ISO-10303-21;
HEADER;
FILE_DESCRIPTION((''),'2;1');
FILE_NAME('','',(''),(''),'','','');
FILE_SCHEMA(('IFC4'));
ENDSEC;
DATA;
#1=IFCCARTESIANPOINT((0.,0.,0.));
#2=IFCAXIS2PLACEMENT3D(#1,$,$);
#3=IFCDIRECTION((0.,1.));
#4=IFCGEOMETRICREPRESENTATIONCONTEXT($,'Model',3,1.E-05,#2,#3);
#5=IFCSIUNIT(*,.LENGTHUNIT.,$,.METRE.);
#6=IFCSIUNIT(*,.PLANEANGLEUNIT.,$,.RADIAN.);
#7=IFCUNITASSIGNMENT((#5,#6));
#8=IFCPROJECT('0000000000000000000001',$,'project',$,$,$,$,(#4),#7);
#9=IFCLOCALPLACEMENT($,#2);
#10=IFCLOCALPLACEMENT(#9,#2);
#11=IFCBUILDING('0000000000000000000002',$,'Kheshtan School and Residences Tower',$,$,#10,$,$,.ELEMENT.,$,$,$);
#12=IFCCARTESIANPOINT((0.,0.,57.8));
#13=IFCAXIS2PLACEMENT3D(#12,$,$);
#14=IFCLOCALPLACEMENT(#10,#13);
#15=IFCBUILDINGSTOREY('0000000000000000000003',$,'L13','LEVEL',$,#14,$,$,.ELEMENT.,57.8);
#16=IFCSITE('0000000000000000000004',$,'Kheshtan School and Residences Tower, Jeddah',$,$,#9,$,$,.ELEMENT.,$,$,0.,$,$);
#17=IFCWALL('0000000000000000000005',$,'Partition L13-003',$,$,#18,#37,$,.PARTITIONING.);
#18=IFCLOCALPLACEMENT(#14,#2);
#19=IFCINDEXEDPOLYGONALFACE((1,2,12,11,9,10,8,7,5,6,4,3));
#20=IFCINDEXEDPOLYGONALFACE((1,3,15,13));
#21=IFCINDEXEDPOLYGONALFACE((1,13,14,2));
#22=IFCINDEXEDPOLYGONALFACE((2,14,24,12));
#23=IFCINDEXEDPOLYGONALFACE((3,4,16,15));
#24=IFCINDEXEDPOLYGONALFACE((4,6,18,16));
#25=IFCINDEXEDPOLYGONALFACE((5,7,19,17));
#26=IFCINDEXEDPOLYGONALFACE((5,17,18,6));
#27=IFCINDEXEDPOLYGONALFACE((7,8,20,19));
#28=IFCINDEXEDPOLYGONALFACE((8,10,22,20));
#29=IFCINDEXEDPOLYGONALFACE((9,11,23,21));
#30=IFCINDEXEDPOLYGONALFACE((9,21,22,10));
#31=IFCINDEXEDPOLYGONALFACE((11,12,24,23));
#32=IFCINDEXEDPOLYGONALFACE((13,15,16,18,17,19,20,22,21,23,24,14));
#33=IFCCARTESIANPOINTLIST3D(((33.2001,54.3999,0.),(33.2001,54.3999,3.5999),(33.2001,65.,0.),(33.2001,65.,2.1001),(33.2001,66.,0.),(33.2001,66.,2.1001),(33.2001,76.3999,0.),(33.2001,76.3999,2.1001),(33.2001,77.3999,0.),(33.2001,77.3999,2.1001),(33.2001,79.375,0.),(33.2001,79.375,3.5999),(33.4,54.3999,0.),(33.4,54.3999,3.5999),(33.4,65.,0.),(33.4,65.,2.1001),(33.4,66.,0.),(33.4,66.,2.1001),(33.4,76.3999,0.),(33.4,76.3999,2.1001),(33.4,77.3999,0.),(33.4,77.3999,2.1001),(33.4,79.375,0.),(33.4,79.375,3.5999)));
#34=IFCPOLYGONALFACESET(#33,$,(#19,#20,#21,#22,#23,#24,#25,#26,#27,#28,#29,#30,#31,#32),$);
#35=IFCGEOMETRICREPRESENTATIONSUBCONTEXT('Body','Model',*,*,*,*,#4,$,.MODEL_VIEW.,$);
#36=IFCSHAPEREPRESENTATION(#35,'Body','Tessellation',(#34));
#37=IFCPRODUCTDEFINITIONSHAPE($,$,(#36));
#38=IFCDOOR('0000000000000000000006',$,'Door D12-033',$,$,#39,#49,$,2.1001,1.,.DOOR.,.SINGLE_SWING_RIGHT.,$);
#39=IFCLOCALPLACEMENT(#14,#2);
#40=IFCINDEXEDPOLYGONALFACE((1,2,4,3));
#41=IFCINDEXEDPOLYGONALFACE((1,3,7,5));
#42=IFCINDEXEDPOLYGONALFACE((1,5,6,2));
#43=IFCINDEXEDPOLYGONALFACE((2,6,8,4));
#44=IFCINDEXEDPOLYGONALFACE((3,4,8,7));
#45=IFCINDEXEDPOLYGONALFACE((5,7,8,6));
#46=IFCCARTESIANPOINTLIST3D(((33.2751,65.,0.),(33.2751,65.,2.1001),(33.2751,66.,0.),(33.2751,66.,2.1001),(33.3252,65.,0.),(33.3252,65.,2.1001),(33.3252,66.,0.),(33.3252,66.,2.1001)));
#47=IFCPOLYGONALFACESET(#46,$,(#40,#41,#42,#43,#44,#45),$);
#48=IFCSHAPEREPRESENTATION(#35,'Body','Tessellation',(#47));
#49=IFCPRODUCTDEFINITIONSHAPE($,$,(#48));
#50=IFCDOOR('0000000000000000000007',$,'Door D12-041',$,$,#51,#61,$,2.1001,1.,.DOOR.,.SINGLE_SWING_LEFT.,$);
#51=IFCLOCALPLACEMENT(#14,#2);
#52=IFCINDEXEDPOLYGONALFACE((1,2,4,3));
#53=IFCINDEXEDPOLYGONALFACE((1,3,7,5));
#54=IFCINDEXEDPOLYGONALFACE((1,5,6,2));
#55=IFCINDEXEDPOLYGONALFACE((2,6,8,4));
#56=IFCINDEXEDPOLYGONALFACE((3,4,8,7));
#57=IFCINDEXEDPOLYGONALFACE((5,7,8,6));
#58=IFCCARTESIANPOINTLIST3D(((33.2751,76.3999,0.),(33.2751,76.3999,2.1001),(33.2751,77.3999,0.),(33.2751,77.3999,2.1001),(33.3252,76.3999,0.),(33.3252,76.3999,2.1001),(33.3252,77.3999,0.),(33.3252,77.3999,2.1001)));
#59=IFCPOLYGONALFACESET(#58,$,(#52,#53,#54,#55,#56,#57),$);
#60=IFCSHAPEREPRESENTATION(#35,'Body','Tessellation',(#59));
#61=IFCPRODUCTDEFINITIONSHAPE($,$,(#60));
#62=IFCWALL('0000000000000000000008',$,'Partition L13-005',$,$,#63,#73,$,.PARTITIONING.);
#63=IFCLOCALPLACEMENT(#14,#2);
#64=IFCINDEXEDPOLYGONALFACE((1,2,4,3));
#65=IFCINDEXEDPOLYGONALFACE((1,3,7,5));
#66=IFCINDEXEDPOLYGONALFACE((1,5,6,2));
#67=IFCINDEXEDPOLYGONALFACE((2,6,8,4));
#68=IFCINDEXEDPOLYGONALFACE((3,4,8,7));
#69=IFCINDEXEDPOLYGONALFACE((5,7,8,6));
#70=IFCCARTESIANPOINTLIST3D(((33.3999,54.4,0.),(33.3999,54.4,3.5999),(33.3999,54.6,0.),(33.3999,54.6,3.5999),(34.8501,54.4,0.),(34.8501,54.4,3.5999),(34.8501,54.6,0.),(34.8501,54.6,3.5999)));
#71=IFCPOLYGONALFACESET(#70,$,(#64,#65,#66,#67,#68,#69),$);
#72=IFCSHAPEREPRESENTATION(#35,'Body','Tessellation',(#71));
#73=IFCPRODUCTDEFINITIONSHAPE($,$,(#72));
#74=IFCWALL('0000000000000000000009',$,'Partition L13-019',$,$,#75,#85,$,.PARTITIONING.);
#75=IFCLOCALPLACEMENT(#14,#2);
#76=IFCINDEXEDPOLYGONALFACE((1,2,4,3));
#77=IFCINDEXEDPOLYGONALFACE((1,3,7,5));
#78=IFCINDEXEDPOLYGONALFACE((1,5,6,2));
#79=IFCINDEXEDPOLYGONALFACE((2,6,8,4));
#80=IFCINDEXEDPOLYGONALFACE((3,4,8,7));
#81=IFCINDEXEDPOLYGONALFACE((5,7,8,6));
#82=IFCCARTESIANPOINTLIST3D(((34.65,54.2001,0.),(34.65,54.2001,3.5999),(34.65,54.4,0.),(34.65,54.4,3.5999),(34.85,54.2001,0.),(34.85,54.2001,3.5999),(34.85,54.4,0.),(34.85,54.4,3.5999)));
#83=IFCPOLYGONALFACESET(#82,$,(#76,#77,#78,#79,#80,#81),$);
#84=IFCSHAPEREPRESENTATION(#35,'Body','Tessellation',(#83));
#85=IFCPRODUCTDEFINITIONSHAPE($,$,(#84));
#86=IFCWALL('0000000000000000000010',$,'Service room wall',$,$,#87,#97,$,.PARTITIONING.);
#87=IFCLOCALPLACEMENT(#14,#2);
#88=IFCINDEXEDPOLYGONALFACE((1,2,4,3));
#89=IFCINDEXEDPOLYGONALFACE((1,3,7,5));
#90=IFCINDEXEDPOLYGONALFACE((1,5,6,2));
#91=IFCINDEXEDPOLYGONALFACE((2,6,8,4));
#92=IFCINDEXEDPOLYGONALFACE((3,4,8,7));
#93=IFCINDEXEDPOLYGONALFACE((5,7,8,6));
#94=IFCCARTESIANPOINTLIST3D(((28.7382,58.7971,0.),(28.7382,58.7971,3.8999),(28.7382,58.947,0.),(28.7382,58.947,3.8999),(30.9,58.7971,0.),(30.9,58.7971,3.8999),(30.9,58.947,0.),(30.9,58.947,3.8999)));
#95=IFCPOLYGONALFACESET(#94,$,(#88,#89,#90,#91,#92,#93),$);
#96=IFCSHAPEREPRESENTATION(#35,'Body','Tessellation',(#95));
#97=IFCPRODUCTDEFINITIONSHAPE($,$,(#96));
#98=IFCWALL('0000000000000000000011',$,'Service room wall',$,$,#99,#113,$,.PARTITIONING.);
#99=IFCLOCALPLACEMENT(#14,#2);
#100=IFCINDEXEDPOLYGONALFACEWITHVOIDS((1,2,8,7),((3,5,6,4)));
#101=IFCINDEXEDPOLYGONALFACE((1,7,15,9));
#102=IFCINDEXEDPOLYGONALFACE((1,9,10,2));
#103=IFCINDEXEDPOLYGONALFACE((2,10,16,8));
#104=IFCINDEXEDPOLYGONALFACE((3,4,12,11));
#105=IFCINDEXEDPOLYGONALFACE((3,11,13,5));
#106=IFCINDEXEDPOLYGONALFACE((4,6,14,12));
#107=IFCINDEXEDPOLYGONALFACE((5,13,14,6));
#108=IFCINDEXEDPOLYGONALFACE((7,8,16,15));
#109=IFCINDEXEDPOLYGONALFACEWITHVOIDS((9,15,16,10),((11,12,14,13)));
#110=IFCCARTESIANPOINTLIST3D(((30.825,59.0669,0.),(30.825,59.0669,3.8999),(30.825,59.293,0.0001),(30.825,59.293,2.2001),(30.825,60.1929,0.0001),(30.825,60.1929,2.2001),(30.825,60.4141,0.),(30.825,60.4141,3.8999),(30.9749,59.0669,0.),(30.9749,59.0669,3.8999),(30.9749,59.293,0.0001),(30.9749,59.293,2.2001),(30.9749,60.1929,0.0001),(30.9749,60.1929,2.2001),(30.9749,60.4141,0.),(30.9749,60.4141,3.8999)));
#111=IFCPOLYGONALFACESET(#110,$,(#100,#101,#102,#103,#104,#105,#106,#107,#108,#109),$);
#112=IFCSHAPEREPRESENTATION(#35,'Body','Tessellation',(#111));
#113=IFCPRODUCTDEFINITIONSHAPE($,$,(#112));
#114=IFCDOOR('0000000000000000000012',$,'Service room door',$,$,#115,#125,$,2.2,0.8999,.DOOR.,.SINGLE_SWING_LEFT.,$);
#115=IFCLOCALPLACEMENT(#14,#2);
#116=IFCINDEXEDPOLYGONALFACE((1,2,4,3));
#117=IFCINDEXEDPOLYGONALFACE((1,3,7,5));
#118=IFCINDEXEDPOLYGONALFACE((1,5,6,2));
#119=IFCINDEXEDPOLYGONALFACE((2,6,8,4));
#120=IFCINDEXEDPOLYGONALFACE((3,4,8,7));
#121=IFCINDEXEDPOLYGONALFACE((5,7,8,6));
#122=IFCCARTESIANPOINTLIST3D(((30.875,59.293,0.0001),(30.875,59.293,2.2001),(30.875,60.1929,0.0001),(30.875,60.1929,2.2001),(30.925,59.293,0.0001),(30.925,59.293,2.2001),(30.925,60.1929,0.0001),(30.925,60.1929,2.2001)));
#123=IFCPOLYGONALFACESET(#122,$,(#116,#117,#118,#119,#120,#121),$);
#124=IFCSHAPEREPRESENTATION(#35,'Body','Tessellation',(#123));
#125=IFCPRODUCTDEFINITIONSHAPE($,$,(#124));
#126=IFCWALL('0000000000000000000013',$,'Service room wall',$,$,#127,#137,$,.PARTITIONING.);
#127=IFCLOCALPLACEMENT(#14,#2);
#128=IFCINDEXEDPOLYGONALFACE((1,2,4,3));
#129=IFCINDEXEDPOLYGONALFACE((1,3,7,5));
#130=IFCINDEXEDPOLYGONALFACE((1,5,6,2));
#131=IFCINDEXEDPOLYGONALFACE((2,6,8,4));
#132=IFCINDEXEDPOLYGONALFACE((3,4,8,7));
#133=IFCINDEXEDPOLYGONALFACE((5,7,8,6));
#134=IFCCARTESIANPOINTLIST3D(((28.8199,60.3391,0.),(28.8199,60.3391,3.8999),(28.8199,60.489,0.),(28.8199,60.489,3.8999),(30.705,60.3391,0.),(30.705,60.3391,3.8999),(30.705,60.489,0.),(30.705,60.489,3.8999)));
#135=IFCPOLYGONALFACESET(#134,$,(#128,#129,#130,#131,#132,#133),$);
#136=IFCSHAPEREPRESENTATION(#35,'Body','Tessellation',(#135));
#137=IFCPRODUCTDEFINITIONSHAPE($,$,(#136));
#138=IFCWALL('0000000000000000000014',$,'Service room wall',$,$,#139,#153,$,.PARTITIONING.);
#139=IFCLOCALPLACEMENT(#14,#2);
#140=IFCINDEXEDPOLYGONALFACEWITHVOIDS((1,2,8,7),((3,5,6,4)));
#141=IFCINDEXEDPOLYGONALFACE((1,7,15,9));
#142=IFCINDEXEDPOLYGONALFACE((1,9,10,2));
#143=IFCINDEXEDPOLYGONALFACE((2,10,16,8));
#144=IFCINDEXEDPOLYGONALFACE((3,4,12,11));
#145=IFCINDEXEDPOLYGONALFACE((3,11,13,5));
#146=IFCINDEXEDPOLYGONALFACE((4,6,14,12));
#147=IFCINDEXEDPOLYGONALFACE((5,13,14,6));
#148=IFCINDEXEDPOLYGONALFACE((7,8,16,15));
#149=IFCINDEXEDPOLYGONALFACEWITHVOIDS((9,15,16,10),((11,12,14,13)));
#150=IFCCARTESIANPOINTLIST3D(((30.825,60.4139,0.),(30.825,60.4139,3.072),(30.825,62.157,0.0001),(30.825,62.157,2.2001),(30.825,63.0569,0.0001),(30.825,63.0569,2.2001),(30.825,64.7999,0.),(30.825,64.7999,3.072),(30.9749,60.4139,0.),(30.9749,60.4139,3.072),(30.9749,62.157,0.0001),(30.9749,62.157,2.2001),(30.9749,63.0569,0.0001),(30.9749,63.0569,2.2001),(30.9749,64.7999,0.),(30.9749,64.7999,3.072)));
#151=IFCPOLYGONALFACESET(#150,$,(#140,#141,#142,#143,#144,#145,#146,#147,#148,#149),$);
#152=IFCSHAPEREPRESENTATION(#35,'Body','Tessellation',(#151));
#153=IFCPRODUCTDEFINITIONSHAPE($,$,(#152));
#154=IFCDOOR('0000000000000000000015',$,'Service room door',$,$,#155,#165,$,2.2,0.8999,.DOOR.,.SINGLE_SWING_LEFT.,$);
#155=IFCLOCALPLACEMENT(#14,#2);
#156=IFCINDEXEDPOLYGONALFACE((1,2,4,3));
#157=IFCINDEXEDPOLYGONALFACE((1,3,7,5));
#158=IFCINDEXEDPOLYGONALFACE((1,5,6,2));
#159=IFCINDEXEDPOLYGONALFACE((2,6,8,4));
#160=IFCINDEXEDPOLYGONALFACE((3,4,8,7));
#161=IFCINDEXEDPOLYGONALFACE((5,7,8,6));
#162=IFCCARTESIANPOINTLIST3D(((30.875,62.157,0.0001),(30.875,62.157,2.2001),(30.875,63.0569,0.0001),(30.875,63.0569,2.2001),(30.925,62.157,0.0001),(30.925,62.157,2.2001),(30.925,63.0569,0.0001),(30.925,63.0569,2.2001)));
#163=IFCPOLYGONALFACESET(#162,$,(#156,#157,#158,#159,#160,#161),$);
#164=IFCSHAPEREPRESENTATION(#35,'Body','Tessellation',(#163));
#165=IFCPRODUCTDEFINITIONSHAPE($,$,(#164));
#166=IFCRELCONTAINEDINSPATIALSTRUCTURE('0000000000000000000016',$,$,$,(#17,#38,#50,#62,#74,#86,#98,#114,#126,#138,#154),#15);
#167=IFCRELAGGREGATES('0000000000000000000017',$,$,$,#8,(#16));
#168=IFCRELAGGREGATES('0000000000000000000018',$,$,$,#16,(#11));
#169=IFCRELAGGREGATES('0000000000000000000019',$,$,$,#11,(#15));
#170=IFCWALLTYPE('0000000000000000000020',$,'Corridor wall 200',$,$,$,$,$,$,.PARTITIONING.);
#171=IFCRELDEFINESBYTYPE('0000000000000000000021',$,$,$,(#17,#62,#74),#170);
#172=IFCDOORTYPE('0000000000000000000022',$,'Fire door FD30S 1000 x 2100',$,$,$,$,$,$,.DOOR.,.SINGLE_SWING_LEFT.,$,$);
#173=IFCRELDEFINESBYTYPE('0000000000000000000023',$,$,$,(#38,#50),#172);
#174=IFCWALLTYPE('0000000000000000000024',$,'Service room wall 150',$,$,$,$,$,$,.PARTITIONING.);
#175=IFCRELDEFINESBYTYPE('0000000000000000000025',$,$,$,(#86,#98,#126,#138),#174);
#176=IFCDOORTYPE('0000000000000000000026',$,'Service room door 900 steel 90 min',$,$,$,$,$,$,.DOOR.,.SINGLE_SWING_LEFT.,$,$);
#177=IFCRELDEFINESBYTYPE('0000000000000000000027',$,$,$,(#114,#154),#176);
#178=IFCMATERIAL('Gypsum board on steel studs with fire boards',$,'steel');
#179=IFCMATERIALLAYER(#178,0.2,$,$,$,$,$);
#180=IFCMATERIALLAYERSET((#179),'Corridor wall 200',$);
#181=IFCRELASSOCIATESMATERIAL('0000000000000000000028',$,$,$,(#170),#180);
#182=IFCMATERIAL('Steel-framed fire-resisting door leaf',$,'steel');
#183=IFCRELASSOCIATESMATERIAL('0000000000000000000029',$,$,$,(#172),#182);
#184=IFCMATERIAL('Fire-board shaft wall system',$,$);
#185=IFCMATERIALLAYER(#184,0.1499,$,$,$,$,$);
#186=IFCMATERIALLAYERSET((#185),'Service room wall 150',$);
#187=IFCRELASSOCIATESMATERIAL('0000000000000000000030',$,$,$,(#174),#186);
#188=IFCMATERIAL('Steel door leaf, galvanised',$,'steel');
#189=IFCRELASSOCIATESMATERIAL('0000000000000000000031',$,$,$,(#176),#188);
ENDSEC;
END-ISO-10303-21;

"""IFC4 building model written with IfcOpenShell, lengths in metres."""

from ifc_helpers import new_model, si_unit, direction, frame, frame_2d, origin, place, context, subcontext, project, spatial, rectangle, extrude, source, transform, mapped, material, layer, layer_set, type_object, element, fill, save


model = new_model("IFC4")

# Units and contexts
model_context = context("Model", 3, precision=1e-05, world=origin(), true_north=direction((0.0, 1.0)))
body_context = subcontext(model_context, "Body", "Model", "MODEL_VIEW")
ifc_project = project(units=[si_unit("LENGTHUNIT", "METRE"), si_unit("PLANEANGLEUNIT", "RADIAN")], contexts=[model_context])

# Site, building, storey
site_placement = place(None, origin())
site = spatial("IfcSite", under=ifc_project, at=site_placement, Name="Kheshtan School and Residences Tower, Jeddah", CompositionType="ELEMENT", RefElevation=0.0)
building_placement = place(site_placement, origin())
building = spatial("IfcBuilding", under=site, at=building_placement, Name="Kheshtan School and Residences Tower", CompositionType="ELEMENT")
storey_placement = place(building_placement, frame((0.0, 0.0, 57.8)))
storey = spatial("IfcBuildingStorey", under=building, at=storey_placement, Name="L13", Description="LEVEL", CompositionType="ELEMENT", Elevation=57.8)

# Wall, openings, doors
ifc_material_1 = material(Name="Gypsum board on steel studs with fire boards", Category="steel")
ifc_layer_1 = layer(ifc_material_1, 0.2)
ifc_layer_set_1 = layer_set([ifc_layer_1], Name="Corridor wall 200")
wall_type_1 = type_object("IfcWallType", Name="Corridor wall 200", PredefinedType="PARTITIONING", material=ifc_layer_set_1)
wall_1_placement = place(storey_placement, frame((33.3, 54.3999, 0.0), z_axis=(0.0, 0.0, 1.0), x_axis=(0.0, 1.0, 0.0)))
wall_1 = element("IfcWall", 1, at=wall_1_placement, inside=storey, type_object=wall_type_1, Name="Partition L13-003", PredefinedType="PARTITIONING", context=body_context, shape_type="SweptSolid", body=[
    extrude(rectangle(XDim=24.9751, YDim=0.2, at=frame_2d((12.4875, 0.0))), origin(), (0.0, 0.0, 1.0), 3.5999),
])
opening_1_placement = place(wall_1_placement, frame((10.6001, 0.0, 0.0)))
opening_1 = element("IfcOpeningElement", 2, at=opening_1_placement, cuts=wall_1, PredefinedType="OPENING", context=body_context, shape_type="SweptSolid", body=[
    extrude(rectangle(XDim=1.0, YDim=2.1001, at=frame_2d((0.5, 1.05))), frame((0.0, 0.1099, 0.0), z_axis=(0.0, -1.0, 0.0), x_axis=(1.0, 0.0, 0.0)), (0.0, 0.0, 1.0), 0.22),
])
opening_2_placement = place(wall_1_placement, frame((22.0, 0.0, 0.0)))
opening_2 = element("IfcOpeningElement", 3, at=opening_2_placement, cuts=wall_1, PredefinedType="OPENING", context=body_context, shape_type="SweptSolid", body=[
    extrude(rectangle(XDim=1.0, YDim=2.1001, at=frame_2d((0.5, 1.05))), frame((0.0, 0.1099, 0.0), z_axis=(0.0, -1.0, 0.0), x_axis=(1.0, 0.0, 0.0)), (0.0, 0.0, 1.0), 0.22),
])
ifc_material_2 = material(Name="Steel-framed fire-resisting door leaf", Category="steel")
door_type_1 = type_object("IfcDoorType", Name="Fire door FD30S 1000 x 2100", OperationType="SINGLE_SWING_LEFT", PredefinedType="DOOR", material=ifc_material_2)
shared_shape_1 = source(origin(), body_context, "Body", "SweptSolid", [
    extrude(rectangle(XDim=1.0, YDim=2.1001, at=frame_2d((0.5, 1.05))), frame((0.0, 0.0249, 0.0), z_axis=(0.0, -1.0, 0.0), x_axis=(1.0, 0.0, 0.0)), (0.0, 0.0, 1.0), 0.05),
])
door_1_placement = place(opening_1_placement, origin())
door_1 = element("IfcDoor", 4, at=door_1_placement, inside=storey, type_object=door_type_1, Name="Door D12-033", OperationType="SINGLE_SWING_RIGHT", OverallHeight=2.1001, OverallWidth=1.0, PredefinedType="DOOR", context=body_context, shape_type="MappedRepresentation", body=[
    mapped(shared_shape_1, transform((0.0, 0.0, 0.0), x_axis=(1.0, 0.0, 0.0), y_axis=(0.0, 1.0, 0.0), z_axis=(0.0, 0.0, 1.0), scale=1.0)),
])
fill(opening_1, door_1)
door_2_placement = place(opening_2_placement, origin())
door_2 = element("IfcDoor", 5, at=door_2_placement, inside=storey, type_object=door_type_1, Name="Door D12-041", OperationType="SINGLE_SWING_LEFT", OverallHeight=2.1001, OverallWidth=1.0, PredefinedType="DOOR", context=body_context, shape_type="MappedRepresentation", body=[
    mapped(shared_shape_1, transform((0.0, 0.0, 0.0), x_axis=(1.0, 0.0, 0.0), y_axis=(0.0, 1.0, 0.0), z_axis=(0.0, 0.0, 1.0), scale=1.0)),
])
fill(opening_2, door_2)

# Walls
wall_2_placement = place(storey_placement, frame((33.3999, 54.5, 0.0), z_axis=(0.0, 0.0, 1.0), x_axis=(1.0, 0.0, 0.0)))
element("IfcWall", 6, at=wall_2_placement, inside=storey, type_object=wall_type_1, Name="Partition L13-005", PredefinedType="PARTITIONING", context=body_context, shape_type="SweptSolid", body=[
    extrude(rectangle(XDim=1.4502, YDim=0.2, at=frame_2d((0.7251, 0.0))), origin(), (0.0, 0.0, 1.0), 3.5999),
])
wall_3_placement = place(storey_placement, frame((34.75, 54.2, 0.0), z_axis=(0.0, 0.0, 1.0), x_axis=(0.0, 1.0, 0.0)))
element("IfcWall", 7, at=wall_3_placement, inside=storey, type_object=wall_type_1, Name="Partition L13-019", PredefinedType="PARTITIONING", context=body_context, shape_type="SweptSolid", body=[
    extrude(rectangle(XDim=0.2, YDim=0.2, at=frame_2d((0.1001, 0.0))), origin(), (0.0, 0.0, 1.0), 3.5999),
])
ifc_material_3 = material(Name="Fire-board shaft wall system")
ifc_layer_2 = layer(ifc_material_3, 0.1499)
ifc_layer_set_2 = layer_set([ifc_layer_2], Name="Service room wall 150")
wall_type_2 = type_object("IfcWallType", Name="Service room wall 150", PredefinedType="PARTITIONING", material=ifc_layer_set_2)
wall_4_placement = place(storey_placement, frame((28.738, 58.8721, 0.0), z_axis=(0.0, 0.0, 1.0), x_axis=(1.0, 0.0, 0.0)))
element("IfcWall", 8, at=wall_4_placement, inside=storey, type_object=wall_type_2, Name="Service room wall", PredefinedType="PARTITIONING", context=body_context, shape_type="SweptSolid", body=[
    extrude(rectangle(XDim=2.1619, YDim=0.1499, at=frame_2d((1.0811, 0.0))), origin(), (0.0, 0.0, 1.0), 3.8999),
])

# Wall, opening, door
wall_5_placement = place(storey_placement, frame((30.8999, 59.0669, 0.0), z_axis=(0.0, 0.0, 1.0), x_axis=(0.0, 1.0, 0.0)))
wall_5 = element("IfcWall", 9, at=wall_5_placement, inside=storey, type_object=wall_type_2, Name="Service room wall", PredefinedType="PARTITIONING", context=body_context, shape_type="SweptSolid", body=[
    extrude(rectangle(XDim=1.3472, YDim=0.1499, at=frame_2d((0.6736, 0.0))), origin(), (0.0, 0.0, 1.0), 3.8999),
])
opening_3_placement = place(wall_5_placement, frame((0.2261, 0.0, 0.0)))
opening_3 = element("IfcOpeningElement", 10, at=opening_3_placement, cuts=wall_5, PredefinedType="OPENING", context=body_context, shape_type="SweptSolid", body=[
    extrude(rectangle(XDim=0.8999, YDim=2.2, at=frame_2d((0.45, 1.1001))), frame((0.0, 0.085, 0.0), z_axis=(0.0, -1.0, 0.0), x_axis=(1.0, 0.0, 0.0)), (0.0, 0.0, 1.0), 0.1699),
])
ifc_material_4 = material(Name="Steel door leaf, galvanised", Category="steel")
door_type_2 = type_object("IfcDoorType", Name="Service room door 900 steel 90 min", OperationType="SINGLE_SWING_LEFT", PredefinedType="DOOR", material=ifc_material_4)
shared_shape_2 = source(origin(), body_context, "Body", "SweptSolid", [
    extrude(rectangle(XDim=0.8999, YDim=2.2, at=frame_2d((0.45, 1.1001))), frame((0.0, 0.0249, 0.0), z_axis=(0.0, -1.0, 0.0), x_axis=(1.0, 0.0, 0.0)), (0.0, 0.0, 1.0), 0.05),
])
door_3_placement = place(opening_3_placement, origin())
door_3 = element("IfcDoor", 11, at=door_3_placement, inside=storey, type_object=door_type_2, Name="Service room door", OperationType="SINGLE_SWING_LEFT", OverallHeight=2.2, OverallWidth=0.8999, PredefinedType="DOOR", context=body_context, shape_type="MappedRepresentation", body=[
    mapped(shared_shape_2, transform((0.0, 0.0, 0.0), x_axis=(1.0, 0.0, 0.0), y_axis=(0.0, 1.0, 0.0), z_axis=(0.0, 0.0, 1.0), scale=1.0)),
])
fill(opening_3, door_3)

# Wall
wall_6_placement = place(storey_placement, frame((28.8201, 60.4141, 0.0), z_axis=(0.0, 0.0, 1.0), x_axis=(1.0, 0.0, 0.0)))
element("IfcWall", 12, at=wall_6_placement, inside=storey, type_object=wall_type_2, Name="Service room wall", PredefinedType="PARTITIONING", context=body_context, shape_type="SweptSolid", body=[
    extrude(rectangle(XDim=1.885, YDim=0.1499, at=frame_2d((0.9424, 0.0))), origin(), (0.0, 0.0, 1.0), 3.8999),
])

# Wall, opening, door
wall_7_placement = place(storey_placement, frame((30.8999, 60.4141, 0.0), z_axis=(0.0, 0.0, 1.0), x_axis=(0.0, 1.0, 0.0)))
wall_7 = element("IfcWall", 13, at=wall_7_placement, inside=storey, type_object=wall_type_2, Name="Service room wall", PredefinedType="PARTITIONING", context=body_context, shape_type="SweptSolid", body=[
    extrude(rectangle(XDim=4.386, YDim=0.1499, at=frame_2d((2.1929, 0.0))), origin(), (0.0, 0.0, 1.0), 3.072),
])
opening_4_placement = place(wall_7_placement, frame((1.7429, 0.0, 0.0)))
opening_4 = element("IfcOpeningElement", 14, at=opening_4_placement, cuts=wall_7, PredefinedType="OPENING", context=body_context, shape_type="SweptSolid", body=[
    extrude(rectangle(XDim=0.8999, YDim=2.2, at=frame_2d((0.45, 1.1001))), frame((0.0, 0.085, 0.0), z_axis=(0.0, -1.0, 0.0), x_axis=(1.0, 0.0, 0.0)), (0.0, 0.0, 1.0), 0.1699),
])
door_4_placement = place(opening_4_placement, origin())
door_4 = element("IfcDoor", 15, at=door_4_placement, inside=storey, type_object=door_type_2, Name="Service room door", OperationType="SINGLE_SWING_LEFT", OverallHeight=2.2, OverallWidth=0.8999, PredefinedType="DOOR", context=body_context, shape_type="MappedRepresentation", body=[
    mapped(shared_shape_2, transform((0.0, 0.0, 0.0), x_axis=(1.0, 0.0, 0.0), y_axis=(0.0, 1.0, 0.0), z_axis=(0.0, 0.0, 1.0), scale=1.0)),
])
fill(opening_4, door_4)

save(model, "model.ifc")
